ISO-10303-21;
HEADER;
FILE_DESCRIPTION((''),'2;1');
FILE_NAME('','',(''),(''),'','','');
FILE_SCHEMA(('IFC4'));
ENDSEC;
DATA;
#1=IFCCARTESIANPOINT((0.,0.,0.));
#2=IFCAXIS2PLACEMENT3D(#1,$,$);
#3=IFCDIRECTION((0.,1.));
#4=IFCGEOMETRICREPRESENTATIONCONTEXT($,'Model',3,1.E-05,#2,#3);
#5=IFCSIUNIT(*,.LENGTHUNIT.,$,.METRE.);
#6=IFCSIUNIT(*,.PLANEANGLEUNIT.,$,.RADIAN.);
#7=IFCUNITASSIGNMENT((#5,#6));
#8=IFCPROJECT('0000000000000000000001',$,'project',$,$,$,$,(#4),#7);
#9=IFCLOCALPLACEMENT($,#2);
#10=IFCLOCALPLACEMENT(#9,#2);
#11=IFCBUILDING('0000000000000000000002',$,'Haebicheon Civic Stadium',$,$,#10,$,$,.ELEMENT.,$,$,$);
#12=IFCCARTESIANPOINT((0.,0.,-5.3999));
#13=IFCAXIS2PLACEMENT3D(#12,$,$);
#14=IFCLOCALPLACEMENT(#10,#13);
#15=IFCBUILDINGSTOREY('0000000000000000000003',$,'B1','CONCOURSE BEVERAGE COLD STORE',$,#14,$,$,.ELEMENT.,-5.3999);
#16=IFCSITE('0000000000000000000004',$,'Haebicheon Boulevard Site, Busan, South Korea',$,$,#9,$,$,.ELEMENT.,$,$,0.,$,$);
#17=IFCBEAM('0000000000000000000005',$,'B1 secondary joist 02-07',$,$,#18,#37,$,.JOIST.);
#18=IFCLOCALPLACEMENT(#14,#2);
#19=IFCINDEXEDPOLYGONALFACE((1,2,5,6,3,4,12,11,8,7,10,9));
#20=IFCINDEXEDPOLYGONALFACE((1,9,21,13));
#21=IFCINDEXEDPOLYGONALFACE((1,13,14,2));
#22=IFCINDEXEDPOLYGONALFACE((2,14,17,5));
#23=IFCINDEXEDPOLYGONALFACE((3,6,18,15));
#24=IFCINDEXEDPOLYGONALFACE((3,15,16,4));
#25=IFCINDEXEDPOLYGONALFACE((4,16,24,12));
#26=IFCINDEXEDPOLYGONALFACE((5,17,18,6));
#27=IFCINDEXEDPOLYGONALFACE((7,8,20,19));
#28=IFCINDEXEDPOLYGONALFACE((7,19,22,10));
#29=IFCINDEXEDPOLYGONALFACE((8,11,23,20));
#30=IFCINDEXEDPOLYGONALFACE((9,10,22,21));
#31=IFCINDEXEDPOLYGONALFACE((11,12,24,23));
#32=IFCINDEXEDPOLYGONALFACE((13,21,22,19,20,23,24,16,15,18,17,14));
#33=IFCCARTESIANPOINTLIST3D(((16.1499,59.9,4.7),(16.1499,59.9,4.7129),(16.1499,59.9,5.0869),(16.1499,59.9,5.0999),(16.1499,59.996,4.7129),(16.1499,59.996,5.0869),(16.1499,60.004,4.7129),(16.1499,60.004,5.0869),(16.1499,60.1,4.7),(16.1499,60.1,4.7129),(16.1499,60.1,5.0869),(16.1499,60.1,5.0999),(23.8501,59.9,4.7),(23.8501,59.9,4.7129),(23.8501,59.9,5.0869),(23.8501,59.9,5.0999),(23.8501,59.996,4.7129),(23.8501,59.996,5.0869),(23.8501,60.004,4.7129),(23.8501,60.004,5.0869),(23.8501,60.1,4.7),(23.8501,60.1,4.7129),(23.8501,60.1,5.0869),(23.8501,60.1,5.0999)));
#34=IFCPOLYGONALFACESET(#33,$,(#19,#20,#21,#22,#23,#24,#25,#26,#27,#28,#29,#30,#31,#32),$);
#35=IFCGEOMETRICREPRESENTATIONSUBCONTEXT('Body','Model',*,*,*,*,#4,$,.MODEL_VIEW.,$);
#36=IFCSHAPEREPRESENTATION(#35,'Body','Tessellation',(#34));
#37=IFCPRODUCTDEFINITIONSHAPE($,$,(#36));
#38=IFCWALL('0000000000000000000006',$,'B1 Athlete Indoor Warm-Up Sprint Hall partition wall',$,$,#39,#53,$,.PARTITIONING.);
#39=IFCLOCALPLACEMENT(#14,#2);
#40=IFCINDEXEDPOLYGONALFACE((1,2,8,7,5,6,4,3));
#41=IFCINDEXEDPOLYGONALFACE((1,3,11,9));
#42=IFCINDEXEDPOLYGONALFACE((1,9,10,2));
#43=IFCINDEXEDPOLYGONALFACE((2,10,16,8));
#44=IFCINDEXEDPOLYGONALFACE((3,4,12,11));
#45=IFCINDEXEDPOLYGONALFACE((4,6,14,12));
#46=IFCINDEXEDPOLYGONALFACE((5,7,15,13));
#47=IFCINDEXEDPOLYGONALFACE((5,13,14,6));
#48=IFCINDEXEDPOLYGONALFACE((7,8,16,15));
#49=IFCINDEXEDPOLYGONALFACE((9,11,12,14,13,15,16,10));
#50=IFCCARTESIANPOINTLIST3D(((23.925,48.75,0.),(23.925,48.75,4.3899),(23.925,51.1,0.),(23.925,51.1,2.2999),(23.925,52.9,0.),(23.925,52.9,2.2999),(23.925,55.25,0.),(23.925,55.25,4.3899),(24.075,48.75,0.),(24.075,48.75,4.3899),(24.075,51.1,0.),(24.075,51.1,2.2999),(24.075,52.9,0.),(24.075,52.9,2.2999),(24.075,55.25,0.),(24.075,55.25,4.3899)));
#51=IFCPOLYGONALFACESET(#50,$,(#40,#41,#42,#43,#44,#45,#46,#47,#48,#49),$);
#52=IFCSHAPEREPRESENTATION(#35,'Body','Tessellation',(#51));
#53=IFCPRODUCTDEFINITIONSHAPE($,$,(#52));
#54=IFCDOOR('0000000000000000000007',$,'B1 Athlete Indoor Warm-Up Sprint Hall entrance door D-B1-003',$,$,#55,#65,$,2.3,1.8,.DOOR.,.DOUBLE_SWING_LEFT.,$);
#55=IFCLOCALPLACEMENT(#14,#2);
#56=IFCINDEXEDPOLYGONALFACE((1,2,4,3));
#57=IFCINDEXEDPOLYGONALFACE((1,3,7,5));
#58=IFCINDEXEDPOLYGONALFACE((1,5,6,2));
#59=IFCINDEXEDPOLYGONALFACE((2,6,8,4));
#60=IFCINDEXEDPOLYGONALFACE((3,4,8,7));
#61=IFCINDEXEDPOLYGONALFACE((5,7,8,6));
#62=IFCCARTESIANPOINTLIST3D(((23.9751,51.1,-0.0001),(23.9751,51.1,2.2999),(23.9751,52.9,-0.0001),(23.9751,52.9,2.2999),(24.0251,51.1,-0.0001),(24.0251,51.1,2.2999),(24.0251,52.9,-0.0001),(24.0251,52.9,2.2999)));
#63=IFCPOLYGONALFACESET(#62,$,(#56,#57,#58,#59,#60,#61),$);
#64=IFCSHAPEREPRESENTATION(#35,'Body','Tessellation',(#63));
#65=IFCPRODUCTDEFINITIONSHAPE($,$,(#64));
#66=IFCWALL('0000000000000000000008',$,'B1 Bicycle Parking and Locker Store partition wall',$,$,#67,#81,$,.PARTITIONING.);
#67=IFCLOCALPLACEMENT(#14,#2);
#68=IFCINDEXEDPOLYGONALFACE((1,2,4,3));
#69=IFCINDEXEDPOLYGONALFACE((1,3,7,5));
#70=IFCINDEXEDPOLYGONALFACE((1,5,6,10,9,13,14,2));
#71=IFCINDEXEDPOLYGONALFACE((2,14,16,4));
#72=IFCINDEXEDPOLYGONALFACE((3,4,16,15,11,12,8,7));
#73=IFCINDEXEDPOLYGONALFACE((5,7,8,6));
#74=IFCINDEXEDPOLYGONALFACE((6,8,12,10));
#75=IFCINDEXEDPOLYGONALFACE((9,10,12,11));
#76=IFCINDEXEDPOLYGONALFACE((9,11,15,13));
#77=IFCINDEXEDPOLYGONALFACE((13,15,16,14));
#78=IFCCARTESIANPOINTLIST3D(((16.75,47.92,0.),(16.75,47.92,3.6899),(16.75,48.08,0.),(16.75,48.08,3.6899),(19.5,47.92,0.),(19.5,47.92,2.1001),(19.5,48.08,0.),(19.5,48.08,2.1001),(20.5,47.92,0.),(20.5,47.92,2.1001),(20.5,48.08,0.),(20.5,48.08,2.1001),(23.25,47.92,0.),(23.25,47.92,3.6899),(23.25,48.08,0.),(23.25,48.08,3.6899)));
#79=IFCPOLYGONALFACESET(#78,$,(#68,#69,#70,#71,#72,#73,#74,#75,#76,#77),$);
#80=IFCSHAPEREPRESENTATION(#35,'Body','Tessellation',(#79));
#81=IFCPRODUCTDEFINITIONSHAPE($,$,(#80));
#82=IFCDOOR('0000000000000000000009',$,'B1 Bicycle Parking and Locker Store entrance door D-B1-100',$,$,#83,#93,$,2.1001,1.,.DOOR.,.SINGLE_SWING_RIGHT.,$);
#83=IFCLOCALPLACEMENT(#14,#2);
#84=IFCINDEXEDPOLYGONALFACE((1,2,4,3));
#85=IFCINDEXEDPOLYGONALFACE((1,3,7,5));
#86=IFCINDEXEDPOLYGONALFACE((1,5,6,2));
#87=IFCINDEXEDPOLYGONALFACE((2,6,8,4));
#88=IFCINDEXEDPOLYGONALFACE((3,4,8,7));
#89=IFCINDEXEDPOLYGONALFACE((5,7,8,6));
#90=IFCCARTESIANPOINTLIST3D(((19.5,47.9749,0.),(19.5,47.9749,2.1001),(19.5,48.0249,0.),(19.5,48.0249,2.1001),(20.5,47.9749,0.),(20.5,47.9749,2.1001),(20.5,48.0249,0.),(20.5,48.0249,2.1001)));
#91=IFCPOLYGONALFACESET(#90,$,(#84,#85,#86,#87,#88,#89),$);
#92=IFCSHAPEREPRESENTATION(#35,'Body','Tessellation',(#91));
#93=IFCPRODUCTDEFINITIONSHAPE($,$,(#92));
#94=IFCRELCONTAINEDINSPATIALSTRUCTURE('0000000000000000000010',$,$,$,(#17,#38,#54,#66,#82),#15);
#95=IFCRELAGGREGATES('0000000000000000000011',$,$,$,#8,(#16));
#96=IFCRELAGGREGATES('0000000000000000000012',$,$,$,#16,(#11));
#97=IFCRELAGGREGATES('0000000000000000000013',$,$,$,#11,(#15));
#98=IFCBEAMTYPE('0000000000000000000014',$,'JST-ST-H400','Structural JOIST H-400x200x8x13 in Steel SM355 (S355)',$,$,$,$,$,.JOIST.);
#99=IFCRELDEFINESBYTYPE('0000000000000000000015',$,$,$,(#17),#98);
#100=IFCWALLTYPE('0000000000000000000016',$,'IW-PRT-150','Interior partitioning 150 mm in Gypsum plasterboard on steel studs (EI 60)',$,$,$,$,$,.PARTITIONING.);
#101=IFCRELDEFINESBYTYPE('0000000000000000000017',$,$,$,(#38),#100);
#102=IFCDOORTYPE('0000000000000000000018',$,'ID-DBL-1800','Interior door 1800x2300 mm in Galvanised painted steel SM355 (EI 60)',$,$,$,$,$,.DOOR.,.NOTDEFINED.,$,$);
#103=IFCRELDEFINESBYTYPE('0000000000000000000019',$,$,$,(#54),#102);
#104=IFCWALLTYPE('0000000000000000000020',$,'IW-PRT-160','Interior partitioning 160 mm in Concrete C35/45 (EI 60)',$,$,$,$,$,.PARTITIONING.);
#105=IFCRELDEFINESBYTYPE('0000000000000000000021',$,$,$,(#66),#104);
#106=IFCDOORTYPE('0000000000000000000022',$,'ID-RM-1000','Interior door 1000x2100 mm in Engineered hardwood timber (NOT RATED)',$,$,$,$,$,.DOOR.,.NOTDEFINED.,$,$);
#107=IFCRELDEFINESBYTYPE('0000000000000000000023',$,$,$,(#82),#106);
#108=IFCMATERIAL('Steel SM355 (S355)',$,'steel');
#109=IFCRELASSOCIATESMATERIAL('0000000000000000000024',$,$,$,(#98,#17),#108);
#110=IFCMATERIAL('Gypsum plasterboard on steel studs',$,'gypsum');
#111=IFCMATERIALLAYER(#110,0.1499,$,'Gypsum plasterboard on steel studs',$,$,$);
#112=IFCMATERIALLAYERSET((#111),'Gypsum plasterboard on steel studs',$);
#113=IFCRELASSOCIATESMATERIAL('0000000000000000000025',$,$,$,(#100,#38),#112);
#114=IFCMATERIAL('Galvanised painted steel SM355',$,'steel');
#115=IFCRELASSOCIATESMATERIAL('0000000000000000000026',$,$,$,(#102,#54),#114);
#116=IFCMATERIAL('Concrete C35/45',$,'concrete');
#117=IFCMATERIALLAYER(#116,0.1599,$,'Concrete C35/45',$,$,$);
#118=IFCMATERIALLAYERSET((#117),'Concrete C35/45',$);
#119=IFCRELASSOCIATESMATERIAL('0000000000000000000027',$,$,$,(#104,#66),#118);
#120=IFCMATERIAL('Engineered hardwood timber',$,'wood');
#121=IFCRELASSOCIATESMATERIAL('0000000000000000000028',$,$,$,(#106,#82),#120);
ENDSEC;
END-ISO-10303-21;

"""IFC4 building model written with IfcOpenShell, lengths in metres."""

from ifc_helpers import new_model, si_unit, direction, frame, frame_2d, origin, origin_2d, place, context, subcontext, project, spatial, rectangle, i_section, extrude, material, layer, layer_set, material_profile, profile_set, type_object, element, fill, save


model = new_model("IFC4")

# Units and contexts
model_context = context("Model", 3, precision=1e-05, world=origin(), true_north=direction((0.0, 1.0)))
body_context = subcontext(model_context, "Body", "Model", "MODEL_VIEW")
ifc_project = project(units=[si_unit("LENGTHUNIT", "METRE"), si_unit("PLANEANGLEUNIT", "RADIAN")], contexts=[model_context])

# Site, building, storey
site_placement = place(None, origin())
site = spatial("IfcSite", under=ifc_project, at=site_placement, Name="Haebicheon Boulevard Site, Busan, South Korea", CompositionType="ELEMENT", RefElevation=0.0)
building_placement = place(site_placement, origin())
building = spatial("IfcBuilding", under=site, at=building_placement, Name="Haebicheon Civic Stadium", CompositionType="ELEMENT")
storey_placement = place(building_placement, frame((0.0, 0.0, -5.3999)))
storey = spatial("IfcBuildingStorey", under=building, at=storey_placement, Name="B1", Description="CONCOURSE BEVERAGE COLD STORE", CompositionType="ELEMENT", Elevation=-5.3999)

# Beam
ifc_material_1 = material(Name="Steel SM355 (S355)", Category="steel")
ifc_material_profile_1 = material_profile(ifc_material_1, i_section(OverallWidth=0.2, OverallDepth=0.3999, WebThickness=0.0081, FlangeThickness=0.0129, at=origin_2d()), Name="H-400x200x8x13")
ifc_profile_set_1 = profile_set([ifc_material_profile_1], Name="Steel SM355 (S355)")
beam_type_1 = type_object("IfcBeamType", Name="JST-ST-H400", Description="Structural JOIST H-400x200x8x13 in Steel SM355 (S355)", PredefinedType="JOIST", material=ifc_profile_set_1)
for number, where, z_axis, x_axis, name in (
    (1, (16.1499, 60.0, 4.8999), (1.0, 0.0, 0.0), (0.0, 1.0, 0.0), "B1 secondary joist 02-07"),
):
    element("IfcBeam", number, at=place(storey_placement, frame(where, z_axis=z_axis, x_axis=x_axis)), inside=storey, type_object=beam_type_1, material=ifc_profile_set_1, Name=name, PredefinedType="JOIST", context=body_context, shape_type="SweptSolid", body=[
        extrude(i_section(OverallWidth=0.2, OverallDepth=0.3999, WebThickness=0.0081, FlangeThickness=0.0129, at=origin_2d()), origin(), (0.0, 0.0, 1.0), 7.7002),
    ])

# Walls, openings, doors
ifc_material_2 = material(Name="Gypsum plasterboard on steel studs", Category="gypsum")
ifc_layer_1 = layer(ifc_material_2, 0.1499, Name="Gypsum plasterboard on steel studs")
ifc_layer_set_1 = layer_set([ifc_layer_1], Name="Gypsum plasterboard on steel studs")
wall_type_1 = type_object("IfcWallType", Name="IW-PRT-150", Description="Interior partitioning 150 mm in Gypsum plasterboard on steel studs (EI 60)", PredefinedType="PARTITIONING", material=ifc_layer_set_1)
wall_1_placement = place(storey_placement, frame((24.0, 48.75, 0.0), z_axis=(0.0, 0.0, 1.0), x_axis=(0.0, 1.0, 0.0)))
wall_1 = element("IfcWall", 2, at=wall_1_placement, inside=storey, type_object=wall_type_1, material=ifc_layer_set_1, Name="B1 Athlete Indoor Warm-Up Sprint Hall partition wall", PredefinedType="PARTITIONING", context=body_context, shape_type="SweptSolid", body=[
    extrude(rectangle(XDim=6.5, YDim=0.1499, at=frame_2d((3.25, 0.0))), origin(), (0.0, 0.0, 1.0), 4.3899),
])
opening_1_placement = place(wall_1_placement, frame((2.3501, 0.0, 0.0)))
opening_1 = element("IfcOpeningElement", 3, at=opening_1_placement, cuts=wall_1, PredefinedType="OPENING", context=body_context, shape_type="SweptSolid", body=[
    extrude(rectangle(XDim=1.8, YDim=2.3, at=frame_2d((0.8999, 1.1499))), frame((0.0, 0.085, 0.0), z_axis=(0.0, -1.0, 0.0), x_axis=(1.0, 0.0, 0.0)), (0.0, 0.0, 1.0), 0.1699),
])
ifc_material_3 = material(Name="Galvanised painted steel SM355", Category="steel")
door_type_1 = type_object("IfcDoorType", Name="ID-DBL-1800", Description="Interior door 1800x2300 mm in Galvanised painted steel SM355 (EI 60)", OperationType="NOTDEFINED", PredefinedType="DOOR", material=ifc_material_3)
door_1_placement = place(opening_1_placement, origin())
door_1 = element("IfcDoor", 4, at=door_1_placement, inside=storey, type_object=door_type_1, material=ifc_material_3, Name="B1 Athlete Indoor Warm-Up Sprint Hall entrance door D-B1-003", OperationType="DOUBLE_SWING_LEFT", OverallHeight=2.3, OverallWidth=1.8, PredefinedType="DOOR", context=body_context, shape_type="SweptSolid", body=[
    extrude(rectangle(XDim=1.8, YDim=2.3, at=frame_2d((0.8999, 1.1499))), frame((0.0, 0.0249, 0.0), z_axis=(0.0, -1.0, 0.0), x_axis=(1.0, 0.0, 0.0)), (0.0, 0.0, 1.0), 0.05),
])
fill(opening_1, door_1)
ifc_material_4 = material(Name="Concrete C35/45", Category="concrete")
ifc_layer_2 = layer(ifc_material_4, 0.1599, Name="Concrete C35/45")
ifc_layer_set_2 = layer_set([ifc_layer_2], Name="Concrete C35/45")
wall_type_2 = type_object("IfcWallType", Name="IW-PRT-160", Description="Interior partitioning 160 mm in Concrete C35/45 (EI 60)", PredefinedType="PARTITIONING", material=ifc_layer_set_2)
wall_2_placement = place(storey_placement, frame((16.75, 48.0, 0.0), z_axis=(0.0, 0.0, 1.0), x_axis=(1.0, 0.0, 0.0)))
wall_2 = element("IfcWall", 5, at=wall_2_placement, inside=storey, type_object=wall_type_2, material=ifc_layer_set_2, Name="B1 Bicycle Parking and Locker Store partition wall", PredefinedType="PARTITIONING", context=body_context, shape_type="SweptSolid", body=[
    extrude(rectangle(XDim=6.5, YDim=0.1599, at=frame_2d((3.25, 0.0))), origin(), (0.0, 0.0, 1.0), 3.6899),
])
opening_2_placement = place(wall_2_placement, frame((2.75, 0.0, 0.0)))
opening_2 = element("IfcOpeningElement", 6, at=opening_2_placement, cuts=wall_2, PredefinedType="OPENING", context=body_context, shape_type="SweptSolid", body=[
    extrude(rectangle(XDim=1.0, YDim=2.1001, at=frame_2d((0.5, 1.05))), frame((0.0, 0.0898, 0.0), z_axis=(0.0, -1.0, 0.0), x_axis=(1.0, 0.0, 0.0)), (0.0, 0.0, 1.0), 0.1799),
])
ifc_material_5 = material(Name="Engineered hardwood timber", Category="wood")
door_type_2 = type_object("IfcDoorType", Name="ID-RM-1000", Description="Interior door 1000x2100 mm in Engineered hardwood timber (NOT RATED)", OperationType="NOTDEFINED", PredefinedType="DOOR", material=ifc_material_5)
door_2_placement = place(opening_2_placement, origin())
door_2 = element("IfcDoor", 7, at=door_2_placement, inside=storey, type_object=door_type_2, material=ifc_material_5, Name="B1 Bicycle Parking and Locker Store entrance door D-B1-100", OperationType="SINGLE_SWING_RIGHT", OverallHeight=2.1001, OverallWidth=1.0, PredefinedType="DOOR", context=body_context, shape_type="SweptSolid", body=[
    extrude(rectangle(XDim=1.0, YDim=2.1001, at=frame_2d((0.5, 1.05))), frame((0.0, 0.0249, 0.0), z_axis=(0.0, -1.0, 0.0), x_axis=(1.0, 0.0, 0.0)), (0.0, 0.0, 1.0), 0.05),
])
fill(opening_2, door_2)

save(model, "model.ifc")
